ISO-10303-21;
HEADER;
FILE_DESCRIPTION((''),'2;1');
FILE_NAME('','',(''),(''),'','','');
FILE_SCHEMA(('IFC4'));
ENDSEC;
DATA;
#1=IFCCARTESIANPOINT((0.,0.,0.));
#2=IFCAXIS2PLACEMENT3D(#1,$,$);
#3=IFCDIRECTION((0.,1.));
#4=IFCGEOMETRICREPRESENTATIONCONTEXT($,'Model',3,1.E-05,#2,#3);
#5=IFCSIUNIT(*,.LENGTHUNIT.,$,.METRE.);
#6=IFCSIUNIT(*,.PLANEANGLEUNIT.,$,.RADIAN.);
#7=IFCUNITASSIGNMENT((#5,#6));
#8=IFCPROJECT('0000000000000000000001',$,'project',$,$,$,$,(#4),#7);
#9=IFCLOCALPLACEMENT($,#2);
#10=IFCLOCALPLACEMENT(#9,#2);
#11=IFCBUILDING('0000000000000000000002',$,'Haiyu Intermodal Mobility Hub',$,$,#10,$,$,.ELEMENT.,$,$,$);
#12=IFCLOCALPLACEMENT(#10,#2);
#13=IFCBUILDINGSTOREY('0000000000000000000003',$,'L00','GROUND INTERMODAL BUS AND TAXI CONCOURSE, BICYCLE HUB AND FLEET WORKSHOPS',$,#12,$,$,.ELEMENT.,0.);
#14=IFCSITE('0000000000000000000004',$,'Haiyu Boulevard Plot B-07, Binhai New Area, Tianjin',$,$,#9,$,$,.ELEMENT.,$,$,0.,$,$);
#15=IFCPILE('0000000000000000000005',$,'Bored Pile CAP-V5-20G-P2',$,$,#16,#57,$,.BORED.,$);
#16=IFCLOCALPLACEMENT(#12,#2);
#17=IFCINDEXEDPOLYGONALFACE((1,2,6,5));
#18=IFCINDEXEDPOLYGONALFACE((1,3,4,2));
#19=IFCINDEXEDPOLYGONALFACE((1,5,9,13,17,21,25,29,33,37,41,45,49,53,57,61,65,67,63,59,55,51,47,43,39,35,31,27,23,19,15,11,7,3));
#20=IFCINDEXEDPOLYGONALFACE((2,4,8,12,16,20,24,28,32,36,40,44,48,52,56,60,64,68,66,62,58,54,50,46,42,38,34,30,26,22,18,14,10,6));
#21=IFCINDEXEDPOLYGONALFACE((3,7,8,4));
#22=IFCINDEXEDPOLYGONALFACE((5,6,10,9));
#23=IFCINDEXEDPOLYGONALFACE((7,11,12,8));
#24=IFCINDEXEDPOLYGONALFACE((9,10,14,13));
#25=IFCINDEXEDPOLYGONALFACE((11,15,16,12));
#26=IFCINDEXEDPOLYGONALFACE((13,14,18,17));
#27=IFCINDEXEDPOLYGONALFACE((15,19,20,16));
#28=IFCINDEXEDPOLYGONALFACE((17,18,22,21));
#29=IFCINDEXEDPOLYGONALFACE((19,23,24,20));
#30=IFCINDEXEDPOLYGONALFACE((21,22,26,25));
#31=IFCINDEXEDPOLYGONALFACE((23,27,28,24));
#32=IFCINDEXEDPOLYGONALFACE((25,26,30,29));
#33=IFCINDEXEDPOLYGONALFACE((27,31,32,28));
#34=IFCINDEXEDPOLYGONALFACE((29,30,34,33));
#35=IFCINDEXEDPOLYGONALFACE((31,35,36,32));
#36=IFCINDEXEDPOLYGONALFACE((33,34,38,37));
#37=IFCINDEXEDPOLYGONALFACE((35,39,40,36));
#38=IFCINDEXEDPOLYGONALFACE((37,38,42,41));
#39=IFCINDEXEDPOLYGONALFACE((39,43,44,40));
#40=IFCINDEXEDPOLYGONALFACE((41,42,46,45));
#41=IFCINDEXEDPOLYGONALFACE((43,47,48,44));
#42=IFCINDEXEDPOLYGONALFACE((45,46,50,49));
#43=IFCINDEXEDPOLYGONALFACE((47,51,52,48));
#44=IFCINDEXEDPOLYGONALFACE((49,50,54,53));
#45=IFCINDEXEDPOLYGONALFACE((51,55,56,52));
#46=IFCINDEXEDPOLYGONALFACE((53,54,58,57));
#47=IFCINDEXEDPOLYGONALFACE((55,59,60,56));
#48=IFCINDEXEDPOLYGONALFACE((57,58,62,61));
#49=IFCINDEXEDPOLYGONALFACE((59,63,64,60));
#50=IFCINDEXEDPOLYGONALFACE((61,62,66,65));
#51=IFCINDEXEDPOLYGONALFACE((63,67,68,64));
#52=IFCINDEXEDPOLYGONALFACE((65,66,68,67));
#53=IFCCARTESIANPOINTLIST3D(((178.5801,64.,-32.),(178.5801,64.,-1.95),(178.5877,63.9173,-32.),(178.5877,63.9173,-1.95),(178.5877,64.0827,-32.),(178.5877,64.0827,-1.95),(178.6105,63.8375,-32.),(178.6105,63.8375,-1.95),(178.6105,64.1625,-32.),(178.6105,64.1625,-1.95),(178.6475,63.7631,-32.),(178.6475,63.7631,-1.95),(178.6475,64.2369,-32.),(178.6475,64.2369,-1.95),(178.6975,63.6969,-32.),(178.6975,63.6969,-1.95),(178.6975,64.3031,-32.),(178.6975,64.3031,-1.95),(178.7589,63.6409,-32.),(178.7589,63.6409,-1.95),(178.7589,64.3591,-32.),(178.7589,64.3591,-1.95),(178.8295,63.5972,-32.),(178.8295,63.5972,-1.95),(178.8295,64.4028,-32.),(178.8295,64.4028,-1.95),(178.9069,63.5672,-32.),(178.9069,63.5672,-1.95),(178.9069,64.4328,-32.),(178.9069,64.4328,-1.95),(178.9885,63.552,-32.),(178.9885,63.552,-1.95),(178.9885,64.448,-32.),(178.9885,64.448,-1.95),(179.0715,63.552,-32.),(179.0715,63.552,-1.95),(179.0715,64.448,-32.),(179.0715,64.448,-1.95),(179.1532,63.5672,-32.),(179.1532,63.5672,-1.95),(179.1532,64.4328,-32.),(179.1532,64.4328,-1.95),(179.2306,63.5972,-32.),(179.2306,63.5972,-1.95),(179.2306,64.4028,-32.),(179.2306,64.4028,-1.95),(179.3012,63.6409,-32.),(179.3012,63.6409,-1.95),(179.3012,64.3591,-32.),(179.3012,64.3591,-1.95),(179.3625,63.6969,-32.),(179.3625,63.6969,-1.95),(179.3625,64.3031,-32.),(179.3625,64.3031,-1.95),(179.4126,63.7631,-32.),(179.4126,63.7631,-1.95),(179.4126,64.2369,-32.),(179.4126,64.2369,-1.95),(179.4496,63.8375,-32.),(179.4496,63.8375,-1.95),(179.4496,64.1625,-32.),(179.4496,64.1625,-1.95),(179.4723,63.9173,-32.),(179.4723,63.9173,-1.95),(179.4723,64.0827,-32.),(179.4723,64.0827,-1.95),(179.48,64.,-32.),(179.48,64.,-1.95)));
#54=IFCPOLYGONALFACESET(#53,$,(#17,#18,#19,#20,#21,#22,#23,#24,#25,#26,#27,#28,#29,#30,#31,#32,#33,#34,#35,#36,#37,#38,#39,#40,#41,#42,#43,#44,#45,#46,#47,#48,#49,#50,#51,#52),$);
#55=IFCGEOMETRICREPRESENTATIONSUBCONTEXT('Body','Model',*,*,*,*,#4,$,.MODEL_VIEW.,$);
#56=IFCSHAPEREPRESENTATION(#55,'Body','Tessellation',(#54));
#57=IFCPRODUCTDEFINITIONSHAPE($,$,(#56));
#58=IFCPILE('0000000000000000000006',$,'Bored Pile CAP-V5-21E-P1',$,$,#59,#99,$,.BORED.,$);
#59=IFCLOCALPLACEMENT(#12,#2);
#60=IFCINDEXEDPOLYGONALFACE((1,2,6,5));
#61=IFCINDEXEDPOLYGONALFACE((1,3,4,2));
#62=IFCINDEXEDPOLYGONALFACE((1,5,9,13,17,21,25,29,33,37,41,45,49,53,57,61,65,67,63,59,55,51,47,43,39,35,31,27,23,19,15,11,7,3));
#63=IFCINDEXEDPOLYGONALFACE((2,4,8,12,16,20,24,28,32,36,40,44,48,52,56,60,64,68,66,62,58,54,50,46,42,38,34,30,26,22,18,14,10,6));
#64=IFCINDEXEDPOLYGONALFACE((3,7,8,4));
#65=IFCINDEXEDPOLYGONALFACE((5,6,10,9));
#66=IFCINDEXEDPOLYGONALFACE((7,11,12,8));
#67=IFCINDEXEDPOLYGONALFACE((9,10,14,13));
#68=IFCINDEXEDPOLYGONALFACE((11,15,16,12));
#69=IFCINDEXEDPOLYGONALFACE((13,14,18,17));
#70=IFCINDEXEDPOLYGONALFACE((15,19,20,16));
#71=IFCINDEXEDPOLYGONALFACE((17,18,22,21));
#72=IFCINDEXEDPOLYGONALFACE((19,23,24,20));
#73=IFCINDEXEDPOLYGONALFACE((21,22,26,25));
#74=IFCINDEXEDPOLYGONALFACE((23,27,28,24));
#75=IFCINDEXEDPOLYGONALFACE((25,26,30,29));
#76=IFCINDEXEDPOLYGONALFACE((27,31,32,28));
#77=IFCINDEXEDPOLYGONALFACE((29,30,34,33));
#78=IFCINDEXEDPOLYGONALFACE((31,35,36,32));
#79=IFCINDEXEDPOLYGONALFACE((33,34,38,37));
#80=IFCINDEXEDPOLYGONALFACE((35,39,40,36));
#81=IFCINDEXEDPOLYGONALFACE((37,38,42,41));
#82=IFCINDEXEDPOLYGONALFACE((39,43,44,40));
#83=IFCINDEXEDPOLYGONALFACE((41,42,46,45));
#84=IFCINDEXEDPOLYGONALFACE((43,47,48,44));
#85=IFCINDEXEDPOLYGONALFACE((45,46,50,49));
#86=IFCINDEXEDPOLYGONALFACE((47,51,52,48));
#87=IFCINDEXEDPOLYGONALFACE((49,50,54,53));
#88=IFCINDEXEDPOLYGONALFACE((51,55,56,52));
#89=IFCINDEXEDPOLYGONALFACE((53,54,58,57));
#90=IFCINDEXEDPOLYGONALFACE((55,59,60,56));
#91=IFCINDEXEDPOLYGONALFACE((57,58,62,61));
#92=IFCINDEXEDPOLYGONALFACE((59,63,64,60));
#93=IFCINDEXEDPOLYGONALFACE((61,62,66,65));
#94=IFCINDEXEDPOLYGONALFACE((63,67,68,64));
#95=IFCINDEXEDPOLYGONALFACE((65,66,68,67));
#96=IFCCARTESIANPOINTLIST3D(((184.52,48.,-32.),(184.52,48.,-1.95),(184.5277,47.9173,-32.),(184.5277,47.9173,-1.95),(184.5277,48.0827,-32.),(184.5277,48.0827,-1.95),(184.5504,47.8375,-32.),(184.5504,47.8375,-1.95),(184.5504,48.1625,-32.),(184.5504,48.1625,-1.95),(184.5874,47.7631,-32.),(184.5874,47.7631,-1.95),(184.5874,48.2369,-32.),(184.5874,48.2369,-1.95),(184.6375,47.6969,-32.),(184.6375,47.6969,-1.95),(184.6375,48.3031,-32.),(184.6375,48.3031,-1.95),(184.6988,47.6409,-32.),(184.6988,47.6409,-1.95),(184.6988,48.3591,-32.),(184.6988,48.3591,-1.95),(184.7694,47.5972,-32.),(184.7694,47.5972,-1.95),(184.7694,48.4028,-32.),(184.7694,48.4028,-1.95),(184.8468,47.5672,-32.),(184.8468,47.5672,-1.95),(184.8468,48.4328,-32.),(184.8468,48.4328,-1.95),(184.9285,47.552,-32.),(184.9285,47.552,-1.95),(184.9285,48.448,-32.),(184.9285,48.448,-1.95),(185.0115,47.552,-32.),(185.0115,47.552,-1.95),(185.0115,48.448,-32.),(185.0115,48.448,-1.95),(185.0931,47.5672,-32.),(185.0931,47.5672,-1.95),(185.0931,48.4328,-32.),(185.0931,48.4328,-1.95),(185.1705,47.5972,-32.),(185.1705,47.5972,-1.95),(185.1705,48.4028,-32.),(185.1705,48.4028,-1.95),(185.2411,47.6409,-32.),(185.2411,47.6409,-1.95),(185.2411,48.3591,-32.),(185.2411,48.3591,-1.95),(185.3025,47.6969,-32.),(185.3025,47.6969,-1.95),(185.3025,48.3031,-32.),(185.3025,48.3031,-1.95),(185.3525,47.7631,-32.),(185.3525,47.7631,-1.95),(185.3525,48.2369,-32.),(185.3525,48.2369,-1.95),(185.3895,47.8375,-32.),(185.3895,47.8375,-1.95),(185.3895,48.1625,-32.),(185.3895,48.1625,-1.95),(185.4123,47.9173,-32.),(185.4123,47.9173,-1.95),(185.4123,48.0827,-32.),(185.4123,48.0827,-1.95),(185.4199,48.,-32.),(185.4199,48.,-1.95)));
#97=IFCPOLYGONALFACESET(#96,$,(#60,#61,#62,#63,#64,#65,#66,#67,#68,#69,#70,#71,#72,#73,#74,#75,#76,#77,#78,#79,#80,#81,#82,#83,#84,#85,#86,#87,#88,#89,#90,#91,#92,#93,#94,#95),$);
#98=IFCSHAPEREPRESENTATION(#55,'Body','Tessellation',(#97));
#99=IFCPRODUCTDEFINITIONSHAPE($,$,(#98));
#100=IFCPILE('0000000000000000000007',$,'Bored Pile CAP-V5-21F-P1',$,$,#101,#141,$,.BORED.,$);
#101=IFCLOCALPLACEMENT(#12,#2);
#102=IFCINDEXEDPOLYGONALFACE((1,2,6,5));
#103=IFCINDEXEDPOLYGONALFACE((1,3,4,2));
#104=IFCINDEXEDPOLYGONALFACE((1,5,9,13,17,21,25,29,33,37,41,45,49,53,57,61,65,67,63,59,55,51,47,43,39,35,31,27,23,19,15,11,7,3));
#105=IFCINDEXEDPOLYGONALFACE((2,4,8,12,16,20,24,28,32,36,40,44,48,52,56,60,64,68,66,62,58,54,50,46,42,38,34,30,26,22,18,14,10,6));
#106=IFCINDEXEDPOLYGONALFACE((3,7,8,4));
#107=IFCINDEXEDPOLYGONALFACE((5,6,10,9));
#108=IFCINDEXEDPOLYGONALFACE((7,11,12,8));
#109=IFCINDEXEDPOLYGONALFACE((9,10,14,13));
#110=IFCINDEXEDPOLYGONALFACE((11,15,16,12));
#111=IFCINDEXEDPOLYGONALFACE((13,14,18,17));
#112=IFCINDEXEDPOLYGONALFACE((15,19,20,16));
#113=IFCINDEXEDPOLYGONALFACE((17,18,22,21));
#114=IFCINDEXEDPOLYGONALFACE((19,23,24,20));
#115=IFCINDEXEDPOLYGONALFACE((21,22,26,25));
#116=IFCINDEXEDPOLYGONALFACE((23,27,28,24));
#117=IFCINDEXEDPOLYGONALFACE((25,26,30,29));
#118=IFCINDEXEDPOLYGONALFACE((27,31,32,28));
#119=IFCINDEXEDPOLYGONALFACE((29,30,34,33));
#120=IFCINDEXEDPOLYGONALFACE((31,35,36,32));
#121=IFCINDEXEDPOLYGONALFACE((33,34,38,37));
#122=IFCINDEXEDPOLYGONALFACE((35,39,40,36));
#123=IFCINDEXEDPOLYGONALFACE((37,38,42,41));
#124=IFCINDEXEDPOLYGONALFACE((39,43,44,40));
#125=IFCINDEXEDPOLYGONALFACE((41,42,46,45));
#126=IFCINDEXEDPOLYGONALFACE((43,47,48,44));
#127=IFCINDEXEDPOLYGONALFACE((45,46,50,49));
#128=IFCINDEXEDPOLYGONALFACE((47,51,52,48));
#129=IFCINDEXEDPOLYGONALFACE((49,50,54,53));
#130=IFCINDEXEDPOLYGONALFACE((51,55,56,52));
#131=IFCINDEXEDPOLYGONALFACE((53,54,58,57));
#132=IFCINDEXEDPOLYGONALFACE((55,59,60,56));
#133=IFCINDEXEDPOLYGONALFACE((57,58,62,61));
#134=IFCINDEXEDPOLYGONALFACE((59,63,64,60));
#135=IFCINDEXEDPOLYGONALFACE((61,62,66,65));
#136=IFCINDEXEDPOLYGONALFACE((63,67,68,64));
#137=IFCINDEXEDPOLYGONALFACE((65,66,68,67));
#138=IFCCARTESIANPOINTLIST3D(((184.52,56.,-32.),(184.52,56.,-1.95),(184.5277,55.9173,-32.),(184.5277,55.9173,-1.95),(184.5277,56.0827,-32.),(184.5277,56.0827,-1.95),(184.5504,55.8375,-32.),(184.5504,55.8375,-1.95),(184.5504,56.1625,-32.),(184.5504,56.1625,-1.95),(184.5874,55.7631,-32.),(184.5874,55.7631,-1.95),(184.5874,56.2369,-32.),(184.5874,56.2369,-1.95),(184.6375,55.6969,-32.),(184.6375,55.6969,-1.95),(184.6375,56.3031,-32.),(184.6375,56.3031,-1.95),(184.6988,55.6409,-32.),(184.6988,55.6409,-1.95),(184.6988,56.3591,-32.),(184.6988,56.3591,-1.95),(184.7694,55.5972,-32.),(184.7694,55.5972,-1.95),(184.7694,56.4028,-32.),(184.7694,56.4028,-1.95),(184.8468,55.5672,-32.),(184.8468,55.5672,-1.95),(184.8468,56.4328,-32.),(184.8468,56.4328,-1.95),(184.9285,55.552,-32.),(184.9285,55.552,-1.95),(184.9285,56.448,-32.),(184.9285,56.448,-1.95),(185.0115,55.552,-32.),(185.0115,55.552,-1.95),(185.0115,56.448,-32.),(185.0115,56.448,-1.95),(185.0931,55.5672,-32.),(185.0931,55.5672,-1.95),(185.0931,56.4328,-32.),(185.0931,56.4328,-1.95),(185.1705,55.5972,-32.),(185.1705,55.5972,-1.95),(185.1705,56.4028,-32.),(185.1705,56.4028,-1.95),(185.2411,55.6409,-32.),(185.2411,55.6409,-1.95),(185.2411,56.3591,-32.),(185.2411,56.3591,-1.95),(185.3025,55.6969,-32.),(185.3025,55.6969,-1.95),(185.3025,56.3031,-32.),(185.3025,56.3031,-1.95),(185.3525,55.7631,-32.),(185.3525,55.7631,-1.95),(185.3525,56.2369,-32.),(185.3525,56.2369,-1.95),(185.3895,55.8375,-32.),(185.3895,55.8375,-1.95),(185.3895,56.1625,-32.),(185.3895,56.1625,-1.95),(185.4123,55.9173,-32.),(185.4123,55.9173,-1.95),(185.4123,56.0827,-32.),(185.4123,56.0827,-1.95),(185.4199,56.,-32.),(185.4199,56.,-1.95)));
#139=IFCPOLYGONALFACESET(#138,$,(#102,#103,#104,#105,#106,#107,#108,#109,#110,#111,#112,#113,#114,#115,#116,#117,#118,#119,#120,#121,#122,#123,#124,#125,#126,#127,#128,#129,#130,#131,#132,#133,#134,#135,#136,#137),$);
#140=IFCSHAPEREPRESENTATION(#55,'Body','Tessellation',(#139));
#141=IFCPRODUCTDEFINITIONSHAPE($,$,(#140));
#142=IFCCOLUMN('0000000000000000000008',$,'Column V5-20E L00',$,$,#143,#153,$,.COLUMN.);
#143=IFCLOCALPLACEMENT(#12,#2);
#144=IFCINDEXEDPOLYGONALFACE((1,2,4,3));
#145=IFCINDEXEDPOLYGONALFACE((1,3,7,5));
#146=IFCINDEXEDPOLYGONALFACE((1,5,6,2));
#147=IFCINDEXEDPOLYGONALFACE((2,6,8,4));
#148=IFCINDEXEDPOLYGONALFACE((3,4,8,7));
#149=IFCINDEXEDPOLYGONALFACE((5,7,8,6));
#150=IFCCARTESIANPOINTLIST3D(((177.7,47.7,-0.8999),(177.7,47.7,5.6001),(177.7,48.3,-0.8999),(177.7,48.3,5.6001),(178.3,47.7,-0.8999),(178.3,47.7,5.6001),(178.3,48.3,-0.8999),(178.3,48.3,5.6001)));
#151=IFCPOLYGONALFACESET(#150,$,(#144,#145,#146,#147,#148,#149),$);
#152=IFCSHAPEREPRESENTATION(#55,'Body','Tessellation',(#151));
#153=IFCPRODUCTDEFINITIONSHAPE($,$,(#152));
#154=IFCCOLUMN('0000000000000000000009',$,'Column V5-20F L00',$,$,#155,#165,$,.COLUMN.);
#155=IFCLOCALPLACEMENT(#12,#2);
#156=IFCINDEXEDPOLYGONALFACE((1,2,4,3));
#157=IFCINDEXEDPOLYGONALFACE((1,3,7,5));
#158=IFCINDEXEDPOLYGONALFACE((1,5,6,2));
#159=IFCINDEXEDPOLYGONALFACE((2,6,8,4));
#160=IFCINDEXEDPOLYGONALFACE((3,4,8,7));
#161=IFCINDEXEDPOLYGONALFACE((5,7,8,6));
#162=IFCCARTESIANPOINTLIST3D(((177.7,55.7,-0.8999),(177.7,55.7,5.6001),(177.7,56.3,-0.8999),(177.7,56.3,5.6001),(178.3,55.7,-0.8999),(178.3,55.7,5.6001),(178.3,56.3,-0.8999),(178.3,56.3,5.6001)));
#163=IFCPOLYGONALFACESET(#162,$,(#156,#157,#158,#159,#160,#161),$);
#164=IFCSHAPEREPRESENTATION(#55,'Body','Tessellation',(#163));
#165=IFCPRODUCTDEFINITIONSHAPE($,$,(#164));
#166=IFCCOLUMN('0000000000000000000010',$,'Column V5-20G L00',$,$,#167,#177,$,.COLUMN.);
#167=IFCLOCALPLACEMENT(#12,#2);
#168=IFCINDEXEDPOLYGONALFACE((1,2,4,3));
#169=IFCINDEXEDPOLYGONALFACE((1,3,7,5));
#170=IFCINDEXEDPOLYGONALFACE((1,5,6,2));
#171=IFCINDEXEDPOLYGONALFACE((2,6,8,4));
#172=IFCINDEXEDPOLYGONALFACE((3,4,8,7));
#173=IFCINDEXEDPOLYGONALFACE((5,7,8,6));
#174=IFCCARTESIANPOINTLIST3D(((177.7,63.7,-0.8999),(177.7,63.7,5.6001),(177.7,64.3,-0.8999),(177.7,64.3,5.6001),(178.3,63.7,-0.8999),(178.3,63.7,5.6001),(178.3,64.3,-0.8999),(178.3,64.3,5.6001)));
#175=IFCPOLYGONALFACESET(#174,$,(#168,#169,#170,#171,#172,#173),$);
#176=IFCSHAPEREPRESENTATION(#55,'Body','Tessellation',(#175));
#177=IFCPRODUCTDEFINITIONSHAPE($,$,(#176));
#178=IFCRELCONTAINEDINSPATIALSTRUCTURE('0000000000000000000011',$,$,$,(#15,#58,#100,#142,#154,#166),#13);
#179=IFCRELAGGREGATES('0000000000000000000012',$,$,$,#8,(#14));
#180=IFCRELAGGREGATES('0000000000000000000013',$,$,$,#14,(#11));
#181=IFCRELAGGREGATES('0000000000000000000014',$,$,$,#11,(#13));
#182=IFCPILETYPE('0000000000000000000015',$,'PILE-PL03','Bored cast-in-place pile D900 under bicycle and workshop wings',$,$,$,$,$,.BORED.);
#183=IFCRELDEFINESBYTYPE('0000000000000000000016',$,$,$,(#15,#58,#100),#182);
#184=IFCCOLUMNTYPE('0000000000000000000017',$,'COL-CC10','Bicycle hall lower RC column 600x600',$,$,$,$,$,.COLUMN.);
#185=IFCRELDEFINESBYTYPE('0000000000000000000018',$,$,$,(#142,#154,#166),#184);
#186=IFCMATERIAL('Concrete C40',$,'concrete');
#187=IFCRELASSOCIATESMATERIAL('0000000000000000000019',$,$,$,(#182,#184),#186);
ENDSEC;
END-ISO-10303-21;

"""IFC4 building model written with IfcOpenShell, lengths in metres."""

from ifc_helpers import new_model, si_unit, direction, frame, origin, origin_2d, place, context, subcontext, project, spatial, rectangle, circle, extrude, material, material_profile, profile_set, type_object, element, save


model = new_model("IFC4")

# Units and contexts
model_context = context("Model", 3, precision=1e-05, world=origin(), true_north=direction((0.0, 1.0)))
body_context = subcontext(model_context, "Body", "Model", "MODEL_VIEW")
ifc_project = project(units=[si_unit("LENGTHUNIT", "METRE"), si_unit("PLANEANGLEUNIT", "RADIAN")], contexts=[model_context])

# Site, building, storey
site_placement = place(None, origin())
site = spatial("IfcSite", under=ifc_project, at=site_placement, Name="Haiyu Boulevard Plot B-07, Binhai New Area, Tianjin", CompositionType="ELEMENT", RefElevation=0.0)
building_placement = place(site_placement, origin())
building = spatial("IfcBuilding", under=site, at=building_placement, Name="Haiyu Intermodal Mobility Hub", CompositionType="ELEMENT")
storey_placement = place(building_placement, origin())
storey = spatial("IfcBuildingStorey", under=building, at=storey_placement, Name="L00", Description="GROUND INTERMODAL BUS AND TAXI CONCOURSE, BICYCLE HUB AND FLEET WORKSHOPS", CompositionType="ELEMENT", Elevation=0.0)

# Shared definitions
ifc_material = material(Name="Concrete C40", Category="concrete")

# Piles
ifc_material_profile_1 = material_profile(ifc_material, circle(Radius=0.45, at=origin_2d()), Name="PILE-D900")
ifc_profile_set_1 = profile_set([ifc_material_profile_1], Name="Concrete C40")
pile_type = type_object("IfcPileType", Name="PILE-PL03", Description="Bored cast-in-place pile D900 under bicycle and workshop wings", PredefinedType="BORED", material=ifc_profile_set_1)
for number, where, z_axis, x_axis, name in (
    (1, (179.03, 64.0, -1.95), (0.0, 0.0, -1.0), (1.0, 0.0, 0.0), "Bored Pile CAP-V5-20G-P2"),
    (2, (184.97, 48.0, -1.95), (0.0, 0.0, -1.0), (1.0, 0.0, 0.0), "Bored Pile CAP-V5-21E-P1"),
    (3, (184.97, 56.0, -1.95), (0.0, 0.0, -1.0), (1.0, 0.0, 0.0), "Bored Pile CAP-V5-21F-P1"),
):
    element("IfcPile", number, at=place(storey_placement, frame(where, z_axis=z_axis, x_axis=x_axis)), inside=storey, type_object=pile_type, Name=name, PredefinedType="BORED", context=body_context, shape_type="SweptSolid", body=[
        extrude(circle(Radius=0.45, at=origin_2d()), origin(), (0.0, 0.0, 1.0), 30.05),
    ])

# Columns
ifc_material_profile_2 = material_profile(ifc_material, rectangle(XDim=0.6001, YDim=0.6001, at=origin_2d()), Name="RC600x600")
ifc_profile_set_2 = profile_set([ifc_material_profile_2], Name="Concrete C40")
column_type = type_object("IfcColumnType", Name="COL-CC10", Description="Bicycle hall lower RC column 600x600", PredefinedType="COLUMN", material=ifc_profile_set_2)
for number, where, z_axis, x_axis, name in (
    (4, (178.0, 48.0, -0.8999), (0.0, 0.0, 1.0), (1.0, 0.0, 0.0), "Column V5-20E L00"),
    (5, (178.0, 56.0, -0.8999), (0.0, 0.0, 1.0), (1.0, 0.0, 0.0), "Column V5-20F L00"),
    (6, (178.0, 64.0, -0.8999), (0.0, 0.0, 1.0), (1.0, 0.0, 0.0), "Column V5-20G L00"),
):
    element("IfcColumn", number, at=place(storey_placement, frame(where, z_axis=z_axis, x_axis=x_axis)), inside=storey, type_object=column_type, Name=name, PredefinedType="COLUMN", context=body_context, shape_type="SweptSolid", body=[
        extrude(rectangle(XDim=0.6001, YDim=0.6001, at=origin_2d()), origin(), (0.0, 0.0, 1.0), 6.5),
    ])

save(model, "model.ifc")
